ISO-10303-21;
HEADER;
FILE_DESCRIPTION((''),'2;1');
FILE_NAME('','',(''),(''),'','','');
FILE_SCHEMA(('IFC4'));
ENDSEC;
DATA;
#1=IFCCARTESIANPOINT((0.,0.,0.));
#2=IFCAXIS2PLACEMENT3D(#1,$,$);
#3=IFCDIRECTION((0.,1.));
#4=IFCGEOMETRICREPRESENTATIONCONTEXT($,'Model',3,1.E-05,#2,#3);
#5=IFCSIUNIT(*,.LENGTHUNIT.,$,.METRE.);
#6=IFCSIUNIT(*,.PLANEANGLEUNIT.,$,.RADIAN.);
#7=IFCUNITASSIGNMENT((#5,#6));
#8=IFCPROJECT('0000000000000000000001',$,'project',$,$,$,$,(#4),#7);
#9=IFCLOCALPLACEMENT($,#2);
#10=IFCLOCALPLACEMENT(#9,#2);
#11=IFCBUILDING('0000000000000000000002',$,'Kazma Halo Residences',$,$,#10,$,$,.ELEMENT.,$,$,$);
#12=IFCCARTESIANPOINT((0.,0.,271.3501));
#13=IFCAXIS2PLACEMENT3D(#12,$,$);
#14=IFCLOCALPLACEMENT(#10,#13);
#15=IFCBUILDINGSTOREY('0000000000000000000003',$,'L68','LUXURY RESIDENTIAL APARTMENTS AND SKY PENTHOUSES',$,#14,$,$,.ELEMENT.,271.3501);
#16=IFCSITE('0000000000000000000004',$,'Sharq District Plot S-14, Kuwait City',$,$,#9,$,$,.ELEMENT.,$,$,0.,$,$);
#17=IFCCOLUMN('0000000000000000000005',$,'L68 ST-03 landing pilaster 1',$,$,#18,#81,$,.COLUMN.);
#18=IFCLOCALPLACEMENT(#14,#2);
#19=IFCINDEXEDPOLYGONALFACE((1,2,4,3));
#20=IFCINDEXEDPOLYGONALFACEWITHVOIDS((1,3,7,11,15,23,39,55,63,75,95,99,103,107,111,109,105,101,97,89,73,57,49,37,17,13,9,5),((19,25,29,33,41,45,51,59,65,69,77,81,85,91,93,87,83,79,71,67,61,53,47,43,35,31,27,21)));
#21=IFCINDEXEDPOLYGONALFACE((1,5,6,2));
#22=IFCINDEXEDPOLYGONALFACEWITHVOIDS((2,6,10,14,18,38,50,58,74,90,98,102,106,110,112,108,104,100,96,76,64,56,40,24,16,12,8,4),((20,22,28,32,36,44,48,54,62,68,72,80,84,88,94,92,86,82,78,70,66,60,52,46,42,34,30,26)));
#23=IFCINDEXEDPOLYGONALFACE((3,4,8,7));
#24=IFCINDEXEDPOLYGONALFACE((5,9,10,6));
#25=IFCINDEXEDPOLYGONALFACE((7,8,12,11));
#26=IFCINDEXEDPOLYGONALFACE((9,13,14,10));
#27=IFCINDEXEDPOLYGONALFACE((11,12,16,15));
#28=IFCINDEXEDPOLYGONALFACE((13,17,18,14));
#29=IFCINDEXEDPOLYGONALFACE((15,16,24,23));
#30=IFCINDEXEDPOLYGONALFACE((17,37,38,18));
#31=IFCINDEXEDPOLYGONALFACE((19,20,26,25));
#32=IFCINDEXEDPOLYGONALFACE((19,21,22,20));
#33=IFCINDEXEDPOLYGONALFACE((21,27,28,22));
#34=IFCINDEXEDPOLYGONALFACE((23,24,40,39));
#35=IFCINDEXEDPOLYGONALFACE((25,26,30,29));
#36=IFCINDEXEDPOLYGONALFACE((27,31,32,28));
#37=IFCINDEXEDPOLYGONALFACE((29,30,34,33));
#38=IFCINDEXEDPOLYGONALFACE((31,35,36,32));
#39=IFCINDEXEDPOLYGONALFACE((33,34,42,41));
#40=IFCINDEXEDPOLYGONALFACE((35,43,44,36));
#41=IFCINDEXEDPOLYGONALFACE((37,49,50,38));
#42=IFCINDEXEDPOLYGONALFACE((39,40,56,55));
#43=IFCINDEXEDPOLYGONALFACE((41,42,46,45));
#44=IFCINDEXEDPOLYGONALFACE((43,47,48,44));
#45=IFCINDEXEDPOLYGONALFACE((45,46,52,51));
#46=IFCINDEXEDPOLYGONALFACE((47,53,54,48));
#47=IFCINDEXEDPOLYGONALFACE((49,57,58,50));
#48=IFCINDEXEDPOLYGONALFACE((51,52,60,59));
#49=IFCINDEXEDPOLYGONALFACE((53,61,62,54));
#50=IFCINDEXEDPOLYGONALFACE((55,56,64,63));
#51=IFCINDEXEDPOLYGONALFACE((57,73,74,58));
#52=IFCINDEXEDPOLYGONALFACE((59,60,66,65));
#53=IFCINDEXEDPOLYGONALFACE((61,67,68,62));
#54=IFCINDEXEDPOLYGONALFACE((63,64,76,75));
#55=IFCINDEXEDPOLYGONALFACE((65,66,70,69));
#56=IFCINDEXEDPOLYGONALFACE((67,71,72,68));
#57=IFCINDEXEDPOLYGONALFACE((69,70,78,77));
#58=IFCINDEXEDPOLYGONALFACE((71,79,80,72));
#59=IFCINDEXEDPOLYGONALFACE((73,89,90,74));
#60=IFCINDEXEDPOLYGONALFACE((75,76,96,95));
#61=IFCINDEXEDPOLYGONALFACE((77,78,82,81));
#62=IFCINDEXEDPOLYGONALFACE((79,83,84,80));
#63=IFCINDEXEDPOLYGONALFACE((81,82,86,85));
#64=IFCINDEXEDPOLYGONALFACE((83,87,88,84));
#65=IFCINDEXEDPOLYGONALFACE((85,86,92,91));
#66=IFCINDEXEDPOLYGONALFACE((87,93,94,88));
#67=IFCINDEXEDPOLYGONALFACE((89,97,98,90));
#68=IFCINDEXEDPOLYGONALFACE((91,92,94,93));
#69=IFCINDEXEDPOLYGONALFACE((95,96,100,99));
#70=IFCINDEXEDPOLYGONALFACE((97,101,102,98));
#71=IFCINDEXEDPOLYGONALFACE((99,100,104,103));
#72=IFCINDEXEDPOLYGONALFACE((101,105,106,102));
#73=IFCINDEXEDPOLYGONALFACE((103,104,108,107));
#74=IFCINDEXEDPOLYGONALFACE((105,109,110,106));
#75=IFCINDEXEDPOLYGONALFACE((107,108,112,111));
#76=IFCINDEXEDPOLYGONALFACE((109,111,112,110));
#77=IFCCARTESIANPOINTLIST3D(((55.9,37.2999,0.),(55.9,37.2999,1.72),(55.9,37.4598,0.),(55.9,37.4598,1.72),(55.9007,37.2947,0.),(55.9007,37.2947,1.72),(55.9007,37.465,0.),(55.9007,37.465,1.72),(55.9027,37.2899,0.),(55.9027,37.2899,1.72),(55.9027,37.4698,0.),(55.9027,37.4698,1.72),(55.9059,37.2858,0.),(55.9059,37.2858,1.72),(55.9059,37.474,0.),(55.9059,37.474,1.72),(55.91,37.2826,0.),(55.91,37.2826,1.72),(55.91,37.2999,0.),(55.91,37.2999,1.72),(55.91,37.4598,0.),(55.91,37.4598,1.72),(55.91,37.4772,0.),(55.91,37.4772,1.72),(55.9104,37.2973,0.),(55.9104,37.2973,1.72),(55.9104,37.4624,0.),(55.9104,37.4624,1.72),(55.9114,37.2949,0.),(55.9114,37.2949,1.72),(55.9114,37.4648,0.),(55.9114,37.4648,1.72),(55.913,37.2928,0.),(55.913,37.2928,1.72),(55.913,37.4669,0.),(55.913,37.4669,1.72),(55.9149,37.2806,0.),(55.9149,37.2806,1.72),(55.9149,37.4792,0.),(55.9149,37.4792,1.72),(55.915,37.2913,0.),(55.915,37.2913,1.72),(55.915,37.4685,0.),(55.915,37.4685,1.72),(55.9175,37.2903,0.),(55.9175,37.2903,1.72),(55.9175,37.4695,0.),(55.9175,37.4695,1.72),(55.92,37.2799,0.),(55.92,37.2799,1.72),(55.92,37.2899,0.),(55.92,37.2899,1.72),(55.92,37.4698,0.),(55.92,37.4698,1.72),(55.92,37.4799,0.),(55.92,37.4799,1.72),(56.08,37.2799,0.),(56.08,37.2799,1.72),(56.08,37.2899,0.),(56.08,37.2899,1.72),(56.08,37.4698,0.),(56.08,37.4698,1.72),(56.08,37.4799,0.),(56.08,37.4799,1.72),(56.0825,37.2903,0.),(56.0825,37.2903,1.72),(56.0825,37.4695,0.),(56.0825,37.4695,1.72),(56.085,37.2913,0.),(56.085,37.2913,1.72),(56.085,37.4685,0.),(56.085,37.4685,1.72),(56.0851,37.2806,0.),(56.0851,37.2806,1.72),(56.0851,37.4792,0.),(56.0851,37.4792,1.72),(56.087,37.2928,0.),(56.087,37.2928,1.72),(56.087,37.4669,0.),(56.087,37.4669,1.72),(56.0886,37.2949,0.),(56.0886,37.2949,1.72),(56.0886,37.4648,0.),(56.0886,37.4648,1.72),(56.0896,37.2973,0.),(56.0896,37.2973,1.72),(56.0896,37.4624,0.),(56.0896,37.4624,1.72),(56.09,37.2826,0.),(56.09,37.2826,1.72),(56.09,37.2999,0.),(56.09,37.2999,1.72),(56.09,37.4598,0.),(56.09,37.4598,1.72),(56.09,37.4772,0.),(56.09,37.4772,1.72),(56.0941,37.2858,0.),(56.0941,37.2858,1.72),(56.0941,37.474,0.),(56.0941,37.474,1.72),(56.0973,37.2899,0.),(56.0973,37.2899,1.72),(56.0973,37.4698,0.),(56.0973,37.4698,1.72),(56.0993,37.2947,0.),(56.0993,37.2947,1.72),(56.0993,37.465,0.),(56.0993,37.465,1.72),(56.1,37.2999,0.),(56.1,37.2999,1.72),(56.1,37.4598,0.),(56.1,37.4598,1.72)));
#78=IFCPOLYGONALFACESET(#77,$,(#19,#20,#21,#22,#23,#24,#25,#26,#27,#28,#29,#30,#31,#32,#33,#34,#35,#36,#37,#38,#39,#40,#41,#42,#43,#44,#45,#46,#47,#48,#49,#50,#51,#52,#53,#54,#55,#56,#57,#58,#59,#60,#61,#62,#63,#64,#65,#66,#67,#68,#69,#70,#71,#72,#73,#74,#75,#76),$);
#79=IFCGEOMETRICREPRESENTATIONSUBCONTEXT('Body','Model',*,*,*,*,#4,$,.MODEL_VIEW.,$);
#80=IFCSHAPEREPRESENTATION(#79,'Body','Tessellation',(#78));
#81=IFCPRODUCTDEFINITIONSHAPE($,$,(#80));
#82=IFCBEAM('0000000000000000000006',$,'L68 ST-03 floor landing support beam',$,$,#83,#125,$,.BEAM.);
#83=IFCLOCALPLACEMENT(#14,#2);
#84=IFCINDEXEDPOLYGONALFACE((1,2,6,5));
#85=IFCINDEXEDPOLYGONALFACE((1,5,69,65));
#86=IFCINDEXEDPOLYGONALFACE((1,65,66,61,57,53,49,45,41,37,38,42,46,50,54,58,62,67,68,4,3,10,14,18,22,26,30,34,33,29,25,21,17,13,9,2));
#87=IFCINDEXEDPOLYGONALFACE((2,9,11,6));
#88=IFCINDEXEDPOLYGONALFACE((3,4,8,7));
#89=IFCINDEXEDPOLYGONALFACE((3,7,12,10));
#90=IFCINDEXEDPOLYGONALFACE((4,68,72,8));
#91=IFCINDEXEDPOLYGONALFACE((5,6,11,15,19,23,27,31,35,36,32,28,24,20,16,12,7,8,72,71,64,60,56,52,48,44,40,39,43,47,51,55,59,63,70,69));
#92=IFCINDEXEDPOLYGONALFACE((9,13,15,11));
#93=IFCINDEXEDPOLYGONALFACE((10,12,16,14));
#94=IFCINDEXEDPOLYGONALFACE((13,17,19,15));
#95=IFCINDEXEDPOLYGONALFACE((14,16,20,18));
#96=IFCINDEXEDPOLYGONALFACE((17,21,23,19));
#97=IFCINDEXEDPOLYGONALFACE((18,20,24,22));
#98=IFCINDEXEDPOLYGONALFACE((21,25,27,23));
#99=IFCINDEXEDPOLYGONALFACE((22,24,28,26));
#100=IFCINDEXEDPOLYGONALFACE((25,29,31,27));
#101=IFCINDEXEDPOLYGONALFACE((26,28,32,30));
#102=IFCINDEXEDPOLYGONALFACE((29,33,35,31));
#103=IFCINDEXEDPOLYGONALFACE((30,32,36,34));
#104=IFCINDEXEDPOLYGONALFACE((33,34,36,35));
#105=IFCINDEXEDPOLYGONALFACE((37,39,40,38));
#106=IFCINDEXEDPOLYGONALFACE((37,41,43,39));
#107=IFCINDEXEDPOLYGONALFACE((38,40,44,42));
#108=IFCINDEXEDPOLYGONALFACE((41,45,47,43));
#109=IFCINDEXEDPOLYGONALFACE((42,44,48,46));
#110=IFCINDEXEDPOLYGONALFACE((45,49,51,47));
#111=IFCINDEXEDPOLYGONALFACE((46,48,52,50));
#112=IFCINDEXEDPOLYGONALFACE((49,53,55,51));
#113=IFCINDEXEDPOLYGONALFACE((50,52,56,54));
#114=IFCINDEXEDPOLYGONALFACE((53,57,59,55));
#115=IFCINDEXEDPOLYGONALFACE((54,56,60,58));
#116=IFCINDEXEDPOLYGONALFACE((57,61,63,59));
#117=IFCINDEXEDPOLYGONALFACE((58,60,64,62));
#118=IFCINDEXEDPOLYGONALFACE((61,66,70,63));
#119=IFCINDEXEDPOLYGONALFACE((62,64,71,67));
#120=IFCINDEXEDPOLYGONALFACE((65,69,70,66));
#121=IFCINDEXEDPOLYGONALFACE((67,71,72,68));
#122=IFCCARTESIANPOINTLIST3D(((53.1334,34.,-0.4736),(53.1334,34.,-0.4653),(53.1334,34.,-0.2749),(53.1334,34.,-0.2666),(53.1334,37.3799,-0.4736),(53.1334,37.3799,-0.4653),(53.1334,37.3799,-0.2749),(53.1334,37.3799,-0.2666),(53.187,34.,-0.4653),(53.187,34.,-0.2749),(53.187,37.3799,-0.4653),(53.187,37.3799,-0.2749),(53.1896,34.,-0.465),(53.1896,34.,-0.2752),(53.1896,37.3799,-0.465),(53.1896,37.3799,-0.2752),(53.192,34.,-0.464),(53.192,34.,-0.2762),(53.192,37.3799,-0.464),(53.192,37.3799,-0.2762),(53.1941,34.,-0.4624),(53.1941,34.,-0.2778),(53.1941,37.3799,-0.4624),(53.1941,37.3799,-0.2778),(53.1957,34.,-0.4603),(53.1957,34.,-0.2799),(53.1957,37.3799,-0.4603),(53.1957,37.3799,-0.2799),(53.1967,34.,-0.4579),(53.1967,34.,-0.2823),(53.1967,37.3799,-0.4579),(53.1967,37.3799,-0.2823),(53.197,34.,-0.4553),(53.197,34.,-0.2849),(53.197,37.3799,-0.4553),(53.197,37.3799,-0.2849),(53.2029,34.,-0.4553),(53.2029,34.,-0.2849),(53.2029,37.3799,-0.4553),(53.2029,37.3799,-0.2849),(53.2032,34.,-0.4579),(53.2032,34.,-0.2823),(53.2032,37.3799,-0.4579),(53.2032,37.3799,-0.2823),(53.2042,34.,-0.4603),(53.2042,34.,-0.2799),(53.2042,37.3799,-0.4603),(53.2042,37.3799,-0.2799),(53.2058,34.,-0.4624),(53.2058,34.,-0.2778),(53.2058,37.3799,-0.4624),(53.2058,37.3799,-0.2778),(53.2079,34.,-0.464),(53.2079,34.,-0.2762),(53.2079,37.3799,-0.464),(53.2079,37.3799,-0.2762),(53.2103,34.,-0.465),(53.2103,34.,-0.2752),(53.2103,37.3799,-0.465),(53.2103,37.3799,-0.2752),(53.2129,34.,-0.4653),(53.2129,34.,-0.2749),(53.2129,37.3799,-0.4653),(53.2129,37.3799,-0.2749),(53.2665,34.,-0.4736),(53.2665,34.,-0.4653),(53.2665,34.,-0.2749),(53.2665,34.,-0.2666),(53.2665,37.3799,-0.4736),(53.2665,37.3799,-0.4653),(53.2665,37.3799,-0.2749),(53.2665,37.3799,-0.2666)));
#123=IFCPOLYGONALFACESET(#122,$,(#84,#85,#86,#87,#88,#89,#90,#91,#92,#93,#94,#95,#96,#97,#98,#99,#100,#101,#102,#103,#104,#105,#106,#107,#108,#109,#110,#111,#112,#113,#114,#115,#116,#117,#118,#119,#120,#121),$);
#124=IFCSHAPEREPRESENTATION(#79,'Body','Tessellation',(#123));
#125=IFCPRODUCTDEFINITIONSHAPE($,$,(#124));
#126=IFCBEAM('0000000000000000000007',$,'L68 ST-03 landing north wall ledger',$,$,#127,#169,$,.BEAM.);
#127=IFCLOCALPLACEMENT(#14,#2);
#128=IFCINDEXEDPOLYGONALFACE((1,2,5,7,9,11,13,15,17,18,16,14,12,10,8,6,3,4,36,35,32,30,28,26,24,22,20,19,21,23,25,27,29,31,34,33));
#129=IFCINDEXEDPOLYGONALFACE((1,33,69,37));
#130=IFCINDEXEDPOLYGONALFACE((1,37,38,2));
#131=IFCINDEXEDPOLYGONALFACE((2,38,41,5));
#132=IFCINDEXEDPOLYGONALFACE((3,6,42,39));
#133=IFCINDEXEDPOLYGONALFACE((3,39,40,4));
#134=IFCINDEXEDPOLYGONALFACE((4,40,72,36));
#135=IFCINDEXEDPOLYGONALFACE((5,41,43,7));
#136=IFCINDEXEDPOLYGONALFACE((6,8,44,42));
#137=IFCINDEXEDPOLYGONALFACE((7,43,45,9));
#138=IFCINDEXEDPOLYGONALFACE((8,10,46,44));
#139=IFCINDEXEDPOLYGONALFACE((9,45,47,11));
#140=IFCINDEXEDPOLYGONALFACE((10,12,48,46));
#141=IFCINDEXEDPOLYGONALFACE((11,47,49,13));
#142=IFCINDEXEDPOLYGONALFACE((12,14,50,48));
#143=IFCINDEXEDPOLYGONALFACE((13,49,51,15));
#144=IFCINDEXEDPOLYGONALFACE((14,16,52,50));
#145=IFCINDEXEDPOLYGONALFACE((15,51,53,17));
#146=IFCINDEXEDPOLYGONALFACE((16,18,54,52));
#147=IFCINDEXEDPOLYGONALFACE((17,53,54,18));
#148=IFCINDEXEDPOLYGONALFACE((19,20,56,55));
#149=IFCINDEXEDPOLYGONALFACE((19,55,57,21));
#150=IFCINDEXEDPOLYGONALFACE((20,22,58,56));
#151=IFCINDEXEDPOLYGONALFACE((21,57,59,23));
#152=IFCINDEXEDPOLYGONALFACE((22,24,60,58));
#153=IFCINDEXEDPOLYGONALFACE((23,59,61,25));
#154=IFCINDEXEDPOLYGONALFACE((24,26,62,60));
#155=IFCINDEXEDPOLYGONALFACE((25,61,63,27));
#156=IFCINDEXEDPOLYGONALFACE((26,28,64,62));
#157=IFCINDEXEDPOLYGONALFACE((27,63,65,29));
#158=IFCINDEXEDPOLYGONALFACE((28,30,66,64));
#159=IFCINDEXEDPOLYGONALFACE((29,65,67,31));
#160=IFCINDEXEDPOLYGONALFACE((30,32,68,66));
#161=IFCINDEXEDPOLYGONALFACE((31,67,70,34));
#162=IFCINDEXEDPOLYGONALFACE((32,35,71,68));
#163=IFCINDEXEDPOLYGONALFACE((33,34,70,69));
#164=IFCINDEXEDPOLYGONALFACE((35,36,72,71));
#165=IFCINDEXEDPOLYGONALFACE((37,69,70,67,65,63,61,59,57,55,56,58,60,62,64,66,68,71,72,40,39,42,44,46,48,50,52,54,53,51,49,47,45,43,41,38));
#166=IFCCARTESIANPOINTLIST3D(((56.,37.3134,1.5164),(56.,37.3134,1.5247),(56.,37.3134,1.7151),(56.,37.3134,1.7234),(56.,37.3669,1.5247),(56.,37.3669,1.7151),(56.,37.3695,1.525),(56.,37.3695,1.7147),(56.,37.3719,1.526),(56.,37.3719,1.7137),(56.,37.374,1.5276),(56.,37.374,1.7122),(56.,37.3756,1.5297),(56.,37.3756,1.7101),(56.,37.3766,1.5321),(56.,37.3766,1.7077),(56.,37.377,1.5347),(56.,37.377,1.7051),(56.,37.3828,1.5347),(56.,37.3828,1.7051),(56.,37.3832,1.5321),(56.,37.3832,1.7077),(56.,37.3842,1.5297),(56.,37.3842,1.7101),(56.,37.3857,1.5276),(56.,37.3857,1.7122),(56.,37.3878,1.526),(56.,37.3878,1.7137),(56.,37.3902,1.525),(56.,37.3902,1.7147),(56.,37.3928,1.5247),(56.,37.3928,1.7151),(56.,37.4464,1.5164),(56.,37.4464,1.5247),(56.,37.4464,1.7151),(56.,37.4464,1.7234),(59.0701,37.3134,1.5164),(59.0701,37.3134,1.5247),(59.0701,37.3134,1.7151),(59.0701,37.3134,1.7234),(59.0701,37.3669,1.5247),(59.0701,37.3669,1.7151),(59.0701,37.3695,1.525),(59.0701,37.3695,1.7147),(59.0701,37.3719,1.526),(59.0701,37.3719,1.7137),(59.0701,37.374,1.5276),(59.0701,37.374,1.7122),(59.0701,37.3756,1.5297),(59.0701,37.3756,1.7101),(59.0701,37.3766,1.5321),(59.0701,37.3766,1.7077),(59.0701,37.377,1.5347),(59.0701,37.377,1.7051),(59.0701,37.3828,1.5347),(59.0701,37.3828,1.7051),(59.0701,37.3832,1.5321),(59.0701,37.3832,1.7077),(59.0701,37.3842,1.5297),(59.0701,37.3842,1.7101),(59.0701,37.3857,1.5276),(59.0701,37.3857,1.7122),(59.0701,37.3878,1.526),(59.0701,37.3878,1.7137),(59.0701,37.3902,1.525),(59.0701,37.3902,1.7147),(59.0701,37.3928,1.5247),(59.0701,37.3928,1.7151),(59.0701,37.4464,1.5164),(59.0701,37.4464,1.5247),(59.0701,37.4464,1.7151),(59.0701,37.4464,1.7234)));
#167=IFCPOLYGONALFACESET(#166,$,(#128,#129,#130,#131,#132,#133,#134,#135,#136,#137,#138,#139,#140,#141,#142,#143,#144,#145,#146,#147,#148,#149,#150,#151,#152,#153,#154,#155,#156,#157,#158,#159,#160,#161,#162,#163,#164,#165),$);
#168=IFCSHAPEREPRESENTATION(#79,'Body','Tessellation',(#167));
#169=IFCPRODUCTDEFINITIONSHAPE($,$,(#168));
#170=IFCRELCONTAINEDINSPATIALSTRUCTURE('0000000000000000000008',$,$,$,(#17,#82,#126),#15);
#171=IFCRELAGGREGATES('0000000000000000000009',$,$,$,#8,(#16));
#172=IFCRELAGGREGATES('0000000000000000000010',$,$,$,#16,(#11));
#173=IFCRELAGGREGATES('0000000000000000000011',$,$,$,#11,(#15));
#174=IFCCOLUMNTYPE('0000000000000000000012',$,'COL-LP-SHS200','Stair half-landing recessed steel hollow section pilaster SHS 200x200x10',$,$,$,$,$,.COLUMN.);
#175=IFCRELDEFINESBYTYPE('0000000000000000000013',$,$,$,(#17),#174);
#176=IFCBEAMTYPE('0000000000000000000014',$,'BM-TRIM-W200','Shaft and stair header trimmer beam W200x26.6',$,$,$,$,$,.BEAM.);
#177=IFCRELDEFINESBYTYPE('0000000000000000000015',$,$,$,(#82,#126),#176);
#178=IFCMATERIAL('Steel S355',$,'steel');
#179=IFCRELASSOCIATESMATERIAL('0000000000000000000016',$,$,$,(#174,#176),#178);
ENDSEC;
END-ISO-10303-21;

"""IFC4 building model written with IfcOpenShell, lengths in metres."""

from ifc_helpers import new_model, si_unit, direction, frame, origin, origin_2d, place, context, subcontext, project, spatial, hollow_rectangle, i_section, extrude, material, material_profile, profile_set, type_object, element, save


model = new_model("IFC4")

# Units and contexts
model_context = context("Model", 3, precision=1e-05, world=origin(), true_north=direction((0.0, 1.0)))
body_context = subcontext(model_context, "Body", "Model", "MODEL_VIEW")
ifc_project = project(units=[si_unit("LENGTHUNIT", "METRE"), si_unit("PLANEANGLEUNIT", "RADIAN")], contexts=[model_context])

# Site, building, storey
site_placement = place(None, origin())
site = spatial("IfcSite", under=ifc_project, at=site_placement, Name="Sharq District Plot S-14, Kuwait City", CompositionType="ELEMENT", RefElevation=0.0)
building_placement = place(site_placement, origin())
building = spatial("IfcBuilding", under=site, at=building_placement, Name="Kazma Halo Residences", CompositionType="ELEMENT")
storey_placement = place(building_placement, frame((0.0, 0.0, 271.3501)))
storey = spatial("IfcBuildingStorey", under=building, at=storey_placement, Name="L68", Description="LUXURY RESIDENTIAL APARTMENTS AND SKY PENTHOUSES", CompositionType="ELEMENT", Elevation=271.3501)

# Column
ifc_material_1 = material(Name="Steel S355", Category="steel")
ifc_material_profile_1 = material_profile(ifc_material_1, hollow_rectangle(XDim=0.2, YDim=0.2, WallThickness=0.01, InnerFilletRadius=0.01, OuterFilletRadius=0.02, at=origin_2d()), Name="SHS200x200x10")
ifc_profile_set_1 = profile_set([ifc_material_profile_1], Name="Steel S355")
column_type = type_object("IfcColumnType", Name="COL-LP-SHS200", Description="Stair half-landing recessed steel hollow section pilaster SHS 200x200x10", PredefinedType="COLUMN", material=ifc_profile_set_1)
column_placement = place(storey_placement, frame((56.0, 37.3799, 0.0), z_axis=(0.0, 0.0, 1.0), x_axis=(1.0, 0.0, 0.0)))
element("IfcColumn", 1, at=column_placement, inside=storey, type_object=column_type, Name="L68 ST-03 landing pilaster 1", PredefinedType="COLUMN", context=body_context, shape_type="SweptSolid", body=[
    extrude(hollow_rectangle(XDim=0.2, YDim=0.2, WallThickness=0.01, InnerFilletRadius=0.01, OuterFilletRadius=0.02, at=origin_2d()), origin(), (0.0, 0.0, 1.0), 1.72),
])

# Beams
ifc_material_profile_2 = material_profile(ifc_material_1, i_section(OverallWidth=0.1331, OverallDepth=0.207, WebThickness=0.0059, FlangeThickness=0.0083, FilletRadius=0.01, at=origin_2d()), Name="W200x26.6")
ifc_profile_set_2 = profile_set([ifc_material_profile_2], Name="Steel S355")
beam_type = type_object("IfcBeamType", Name="BM-TRIM-W200", Description="Shaft and stair header trimmer beam W200x26.6", PredefinedType="BEAM", material=ifc_profile_set_2)
beam_1_placement = place(storey_placement, frame((53.2, 34.0, -0.3701), z_axis=(0.0, 1.0, 0.0), x_axis=(-1.0, 0.0, 0.0)))
element("IfcBeam", 2, at=beam_1_placement, inside=storey, type_object=beam_type, Name="L68 ST-03 floor landing support beam", PredefinedType="BEAM", context=body_context, shape_type="SweptSolid", body=[
    extrude(i_section(OverallWidth=0.1331, OverallDepth=0.207, WebThickness=0.0059, FlangeThickness=0.0083, FilletRadius=0.01, at=origin_2d()), origin(), (0.0, 0.0, 1.0), 3.3799),
])
beam_2_placement = place(storey_placement, frame((56.0, 37.3799, 1.6199), z_axis=(1.0, 0.0, 0.0), x_axis=(0.0, 1.0, 0.0)))
element("IfcBeam", 3, at=beam_2_placement, inside=storey, type_object=beam_type, Name="L68 ST-03 landing north wall ledger", PredefinedType="BEAM", context=body_context, shape_type="SweptSolid", body=[
    extrude(i_section(OverallWidth=0.1331, OverallDepth=0.207, WebThickness=0.0059, FlangeThickness=0.0083, FilletRadius=0.01, at=origin_2d()), origin(), (0.0, 0.0, 1.0), 3.0701),
])

save(model, "model.ifc")
